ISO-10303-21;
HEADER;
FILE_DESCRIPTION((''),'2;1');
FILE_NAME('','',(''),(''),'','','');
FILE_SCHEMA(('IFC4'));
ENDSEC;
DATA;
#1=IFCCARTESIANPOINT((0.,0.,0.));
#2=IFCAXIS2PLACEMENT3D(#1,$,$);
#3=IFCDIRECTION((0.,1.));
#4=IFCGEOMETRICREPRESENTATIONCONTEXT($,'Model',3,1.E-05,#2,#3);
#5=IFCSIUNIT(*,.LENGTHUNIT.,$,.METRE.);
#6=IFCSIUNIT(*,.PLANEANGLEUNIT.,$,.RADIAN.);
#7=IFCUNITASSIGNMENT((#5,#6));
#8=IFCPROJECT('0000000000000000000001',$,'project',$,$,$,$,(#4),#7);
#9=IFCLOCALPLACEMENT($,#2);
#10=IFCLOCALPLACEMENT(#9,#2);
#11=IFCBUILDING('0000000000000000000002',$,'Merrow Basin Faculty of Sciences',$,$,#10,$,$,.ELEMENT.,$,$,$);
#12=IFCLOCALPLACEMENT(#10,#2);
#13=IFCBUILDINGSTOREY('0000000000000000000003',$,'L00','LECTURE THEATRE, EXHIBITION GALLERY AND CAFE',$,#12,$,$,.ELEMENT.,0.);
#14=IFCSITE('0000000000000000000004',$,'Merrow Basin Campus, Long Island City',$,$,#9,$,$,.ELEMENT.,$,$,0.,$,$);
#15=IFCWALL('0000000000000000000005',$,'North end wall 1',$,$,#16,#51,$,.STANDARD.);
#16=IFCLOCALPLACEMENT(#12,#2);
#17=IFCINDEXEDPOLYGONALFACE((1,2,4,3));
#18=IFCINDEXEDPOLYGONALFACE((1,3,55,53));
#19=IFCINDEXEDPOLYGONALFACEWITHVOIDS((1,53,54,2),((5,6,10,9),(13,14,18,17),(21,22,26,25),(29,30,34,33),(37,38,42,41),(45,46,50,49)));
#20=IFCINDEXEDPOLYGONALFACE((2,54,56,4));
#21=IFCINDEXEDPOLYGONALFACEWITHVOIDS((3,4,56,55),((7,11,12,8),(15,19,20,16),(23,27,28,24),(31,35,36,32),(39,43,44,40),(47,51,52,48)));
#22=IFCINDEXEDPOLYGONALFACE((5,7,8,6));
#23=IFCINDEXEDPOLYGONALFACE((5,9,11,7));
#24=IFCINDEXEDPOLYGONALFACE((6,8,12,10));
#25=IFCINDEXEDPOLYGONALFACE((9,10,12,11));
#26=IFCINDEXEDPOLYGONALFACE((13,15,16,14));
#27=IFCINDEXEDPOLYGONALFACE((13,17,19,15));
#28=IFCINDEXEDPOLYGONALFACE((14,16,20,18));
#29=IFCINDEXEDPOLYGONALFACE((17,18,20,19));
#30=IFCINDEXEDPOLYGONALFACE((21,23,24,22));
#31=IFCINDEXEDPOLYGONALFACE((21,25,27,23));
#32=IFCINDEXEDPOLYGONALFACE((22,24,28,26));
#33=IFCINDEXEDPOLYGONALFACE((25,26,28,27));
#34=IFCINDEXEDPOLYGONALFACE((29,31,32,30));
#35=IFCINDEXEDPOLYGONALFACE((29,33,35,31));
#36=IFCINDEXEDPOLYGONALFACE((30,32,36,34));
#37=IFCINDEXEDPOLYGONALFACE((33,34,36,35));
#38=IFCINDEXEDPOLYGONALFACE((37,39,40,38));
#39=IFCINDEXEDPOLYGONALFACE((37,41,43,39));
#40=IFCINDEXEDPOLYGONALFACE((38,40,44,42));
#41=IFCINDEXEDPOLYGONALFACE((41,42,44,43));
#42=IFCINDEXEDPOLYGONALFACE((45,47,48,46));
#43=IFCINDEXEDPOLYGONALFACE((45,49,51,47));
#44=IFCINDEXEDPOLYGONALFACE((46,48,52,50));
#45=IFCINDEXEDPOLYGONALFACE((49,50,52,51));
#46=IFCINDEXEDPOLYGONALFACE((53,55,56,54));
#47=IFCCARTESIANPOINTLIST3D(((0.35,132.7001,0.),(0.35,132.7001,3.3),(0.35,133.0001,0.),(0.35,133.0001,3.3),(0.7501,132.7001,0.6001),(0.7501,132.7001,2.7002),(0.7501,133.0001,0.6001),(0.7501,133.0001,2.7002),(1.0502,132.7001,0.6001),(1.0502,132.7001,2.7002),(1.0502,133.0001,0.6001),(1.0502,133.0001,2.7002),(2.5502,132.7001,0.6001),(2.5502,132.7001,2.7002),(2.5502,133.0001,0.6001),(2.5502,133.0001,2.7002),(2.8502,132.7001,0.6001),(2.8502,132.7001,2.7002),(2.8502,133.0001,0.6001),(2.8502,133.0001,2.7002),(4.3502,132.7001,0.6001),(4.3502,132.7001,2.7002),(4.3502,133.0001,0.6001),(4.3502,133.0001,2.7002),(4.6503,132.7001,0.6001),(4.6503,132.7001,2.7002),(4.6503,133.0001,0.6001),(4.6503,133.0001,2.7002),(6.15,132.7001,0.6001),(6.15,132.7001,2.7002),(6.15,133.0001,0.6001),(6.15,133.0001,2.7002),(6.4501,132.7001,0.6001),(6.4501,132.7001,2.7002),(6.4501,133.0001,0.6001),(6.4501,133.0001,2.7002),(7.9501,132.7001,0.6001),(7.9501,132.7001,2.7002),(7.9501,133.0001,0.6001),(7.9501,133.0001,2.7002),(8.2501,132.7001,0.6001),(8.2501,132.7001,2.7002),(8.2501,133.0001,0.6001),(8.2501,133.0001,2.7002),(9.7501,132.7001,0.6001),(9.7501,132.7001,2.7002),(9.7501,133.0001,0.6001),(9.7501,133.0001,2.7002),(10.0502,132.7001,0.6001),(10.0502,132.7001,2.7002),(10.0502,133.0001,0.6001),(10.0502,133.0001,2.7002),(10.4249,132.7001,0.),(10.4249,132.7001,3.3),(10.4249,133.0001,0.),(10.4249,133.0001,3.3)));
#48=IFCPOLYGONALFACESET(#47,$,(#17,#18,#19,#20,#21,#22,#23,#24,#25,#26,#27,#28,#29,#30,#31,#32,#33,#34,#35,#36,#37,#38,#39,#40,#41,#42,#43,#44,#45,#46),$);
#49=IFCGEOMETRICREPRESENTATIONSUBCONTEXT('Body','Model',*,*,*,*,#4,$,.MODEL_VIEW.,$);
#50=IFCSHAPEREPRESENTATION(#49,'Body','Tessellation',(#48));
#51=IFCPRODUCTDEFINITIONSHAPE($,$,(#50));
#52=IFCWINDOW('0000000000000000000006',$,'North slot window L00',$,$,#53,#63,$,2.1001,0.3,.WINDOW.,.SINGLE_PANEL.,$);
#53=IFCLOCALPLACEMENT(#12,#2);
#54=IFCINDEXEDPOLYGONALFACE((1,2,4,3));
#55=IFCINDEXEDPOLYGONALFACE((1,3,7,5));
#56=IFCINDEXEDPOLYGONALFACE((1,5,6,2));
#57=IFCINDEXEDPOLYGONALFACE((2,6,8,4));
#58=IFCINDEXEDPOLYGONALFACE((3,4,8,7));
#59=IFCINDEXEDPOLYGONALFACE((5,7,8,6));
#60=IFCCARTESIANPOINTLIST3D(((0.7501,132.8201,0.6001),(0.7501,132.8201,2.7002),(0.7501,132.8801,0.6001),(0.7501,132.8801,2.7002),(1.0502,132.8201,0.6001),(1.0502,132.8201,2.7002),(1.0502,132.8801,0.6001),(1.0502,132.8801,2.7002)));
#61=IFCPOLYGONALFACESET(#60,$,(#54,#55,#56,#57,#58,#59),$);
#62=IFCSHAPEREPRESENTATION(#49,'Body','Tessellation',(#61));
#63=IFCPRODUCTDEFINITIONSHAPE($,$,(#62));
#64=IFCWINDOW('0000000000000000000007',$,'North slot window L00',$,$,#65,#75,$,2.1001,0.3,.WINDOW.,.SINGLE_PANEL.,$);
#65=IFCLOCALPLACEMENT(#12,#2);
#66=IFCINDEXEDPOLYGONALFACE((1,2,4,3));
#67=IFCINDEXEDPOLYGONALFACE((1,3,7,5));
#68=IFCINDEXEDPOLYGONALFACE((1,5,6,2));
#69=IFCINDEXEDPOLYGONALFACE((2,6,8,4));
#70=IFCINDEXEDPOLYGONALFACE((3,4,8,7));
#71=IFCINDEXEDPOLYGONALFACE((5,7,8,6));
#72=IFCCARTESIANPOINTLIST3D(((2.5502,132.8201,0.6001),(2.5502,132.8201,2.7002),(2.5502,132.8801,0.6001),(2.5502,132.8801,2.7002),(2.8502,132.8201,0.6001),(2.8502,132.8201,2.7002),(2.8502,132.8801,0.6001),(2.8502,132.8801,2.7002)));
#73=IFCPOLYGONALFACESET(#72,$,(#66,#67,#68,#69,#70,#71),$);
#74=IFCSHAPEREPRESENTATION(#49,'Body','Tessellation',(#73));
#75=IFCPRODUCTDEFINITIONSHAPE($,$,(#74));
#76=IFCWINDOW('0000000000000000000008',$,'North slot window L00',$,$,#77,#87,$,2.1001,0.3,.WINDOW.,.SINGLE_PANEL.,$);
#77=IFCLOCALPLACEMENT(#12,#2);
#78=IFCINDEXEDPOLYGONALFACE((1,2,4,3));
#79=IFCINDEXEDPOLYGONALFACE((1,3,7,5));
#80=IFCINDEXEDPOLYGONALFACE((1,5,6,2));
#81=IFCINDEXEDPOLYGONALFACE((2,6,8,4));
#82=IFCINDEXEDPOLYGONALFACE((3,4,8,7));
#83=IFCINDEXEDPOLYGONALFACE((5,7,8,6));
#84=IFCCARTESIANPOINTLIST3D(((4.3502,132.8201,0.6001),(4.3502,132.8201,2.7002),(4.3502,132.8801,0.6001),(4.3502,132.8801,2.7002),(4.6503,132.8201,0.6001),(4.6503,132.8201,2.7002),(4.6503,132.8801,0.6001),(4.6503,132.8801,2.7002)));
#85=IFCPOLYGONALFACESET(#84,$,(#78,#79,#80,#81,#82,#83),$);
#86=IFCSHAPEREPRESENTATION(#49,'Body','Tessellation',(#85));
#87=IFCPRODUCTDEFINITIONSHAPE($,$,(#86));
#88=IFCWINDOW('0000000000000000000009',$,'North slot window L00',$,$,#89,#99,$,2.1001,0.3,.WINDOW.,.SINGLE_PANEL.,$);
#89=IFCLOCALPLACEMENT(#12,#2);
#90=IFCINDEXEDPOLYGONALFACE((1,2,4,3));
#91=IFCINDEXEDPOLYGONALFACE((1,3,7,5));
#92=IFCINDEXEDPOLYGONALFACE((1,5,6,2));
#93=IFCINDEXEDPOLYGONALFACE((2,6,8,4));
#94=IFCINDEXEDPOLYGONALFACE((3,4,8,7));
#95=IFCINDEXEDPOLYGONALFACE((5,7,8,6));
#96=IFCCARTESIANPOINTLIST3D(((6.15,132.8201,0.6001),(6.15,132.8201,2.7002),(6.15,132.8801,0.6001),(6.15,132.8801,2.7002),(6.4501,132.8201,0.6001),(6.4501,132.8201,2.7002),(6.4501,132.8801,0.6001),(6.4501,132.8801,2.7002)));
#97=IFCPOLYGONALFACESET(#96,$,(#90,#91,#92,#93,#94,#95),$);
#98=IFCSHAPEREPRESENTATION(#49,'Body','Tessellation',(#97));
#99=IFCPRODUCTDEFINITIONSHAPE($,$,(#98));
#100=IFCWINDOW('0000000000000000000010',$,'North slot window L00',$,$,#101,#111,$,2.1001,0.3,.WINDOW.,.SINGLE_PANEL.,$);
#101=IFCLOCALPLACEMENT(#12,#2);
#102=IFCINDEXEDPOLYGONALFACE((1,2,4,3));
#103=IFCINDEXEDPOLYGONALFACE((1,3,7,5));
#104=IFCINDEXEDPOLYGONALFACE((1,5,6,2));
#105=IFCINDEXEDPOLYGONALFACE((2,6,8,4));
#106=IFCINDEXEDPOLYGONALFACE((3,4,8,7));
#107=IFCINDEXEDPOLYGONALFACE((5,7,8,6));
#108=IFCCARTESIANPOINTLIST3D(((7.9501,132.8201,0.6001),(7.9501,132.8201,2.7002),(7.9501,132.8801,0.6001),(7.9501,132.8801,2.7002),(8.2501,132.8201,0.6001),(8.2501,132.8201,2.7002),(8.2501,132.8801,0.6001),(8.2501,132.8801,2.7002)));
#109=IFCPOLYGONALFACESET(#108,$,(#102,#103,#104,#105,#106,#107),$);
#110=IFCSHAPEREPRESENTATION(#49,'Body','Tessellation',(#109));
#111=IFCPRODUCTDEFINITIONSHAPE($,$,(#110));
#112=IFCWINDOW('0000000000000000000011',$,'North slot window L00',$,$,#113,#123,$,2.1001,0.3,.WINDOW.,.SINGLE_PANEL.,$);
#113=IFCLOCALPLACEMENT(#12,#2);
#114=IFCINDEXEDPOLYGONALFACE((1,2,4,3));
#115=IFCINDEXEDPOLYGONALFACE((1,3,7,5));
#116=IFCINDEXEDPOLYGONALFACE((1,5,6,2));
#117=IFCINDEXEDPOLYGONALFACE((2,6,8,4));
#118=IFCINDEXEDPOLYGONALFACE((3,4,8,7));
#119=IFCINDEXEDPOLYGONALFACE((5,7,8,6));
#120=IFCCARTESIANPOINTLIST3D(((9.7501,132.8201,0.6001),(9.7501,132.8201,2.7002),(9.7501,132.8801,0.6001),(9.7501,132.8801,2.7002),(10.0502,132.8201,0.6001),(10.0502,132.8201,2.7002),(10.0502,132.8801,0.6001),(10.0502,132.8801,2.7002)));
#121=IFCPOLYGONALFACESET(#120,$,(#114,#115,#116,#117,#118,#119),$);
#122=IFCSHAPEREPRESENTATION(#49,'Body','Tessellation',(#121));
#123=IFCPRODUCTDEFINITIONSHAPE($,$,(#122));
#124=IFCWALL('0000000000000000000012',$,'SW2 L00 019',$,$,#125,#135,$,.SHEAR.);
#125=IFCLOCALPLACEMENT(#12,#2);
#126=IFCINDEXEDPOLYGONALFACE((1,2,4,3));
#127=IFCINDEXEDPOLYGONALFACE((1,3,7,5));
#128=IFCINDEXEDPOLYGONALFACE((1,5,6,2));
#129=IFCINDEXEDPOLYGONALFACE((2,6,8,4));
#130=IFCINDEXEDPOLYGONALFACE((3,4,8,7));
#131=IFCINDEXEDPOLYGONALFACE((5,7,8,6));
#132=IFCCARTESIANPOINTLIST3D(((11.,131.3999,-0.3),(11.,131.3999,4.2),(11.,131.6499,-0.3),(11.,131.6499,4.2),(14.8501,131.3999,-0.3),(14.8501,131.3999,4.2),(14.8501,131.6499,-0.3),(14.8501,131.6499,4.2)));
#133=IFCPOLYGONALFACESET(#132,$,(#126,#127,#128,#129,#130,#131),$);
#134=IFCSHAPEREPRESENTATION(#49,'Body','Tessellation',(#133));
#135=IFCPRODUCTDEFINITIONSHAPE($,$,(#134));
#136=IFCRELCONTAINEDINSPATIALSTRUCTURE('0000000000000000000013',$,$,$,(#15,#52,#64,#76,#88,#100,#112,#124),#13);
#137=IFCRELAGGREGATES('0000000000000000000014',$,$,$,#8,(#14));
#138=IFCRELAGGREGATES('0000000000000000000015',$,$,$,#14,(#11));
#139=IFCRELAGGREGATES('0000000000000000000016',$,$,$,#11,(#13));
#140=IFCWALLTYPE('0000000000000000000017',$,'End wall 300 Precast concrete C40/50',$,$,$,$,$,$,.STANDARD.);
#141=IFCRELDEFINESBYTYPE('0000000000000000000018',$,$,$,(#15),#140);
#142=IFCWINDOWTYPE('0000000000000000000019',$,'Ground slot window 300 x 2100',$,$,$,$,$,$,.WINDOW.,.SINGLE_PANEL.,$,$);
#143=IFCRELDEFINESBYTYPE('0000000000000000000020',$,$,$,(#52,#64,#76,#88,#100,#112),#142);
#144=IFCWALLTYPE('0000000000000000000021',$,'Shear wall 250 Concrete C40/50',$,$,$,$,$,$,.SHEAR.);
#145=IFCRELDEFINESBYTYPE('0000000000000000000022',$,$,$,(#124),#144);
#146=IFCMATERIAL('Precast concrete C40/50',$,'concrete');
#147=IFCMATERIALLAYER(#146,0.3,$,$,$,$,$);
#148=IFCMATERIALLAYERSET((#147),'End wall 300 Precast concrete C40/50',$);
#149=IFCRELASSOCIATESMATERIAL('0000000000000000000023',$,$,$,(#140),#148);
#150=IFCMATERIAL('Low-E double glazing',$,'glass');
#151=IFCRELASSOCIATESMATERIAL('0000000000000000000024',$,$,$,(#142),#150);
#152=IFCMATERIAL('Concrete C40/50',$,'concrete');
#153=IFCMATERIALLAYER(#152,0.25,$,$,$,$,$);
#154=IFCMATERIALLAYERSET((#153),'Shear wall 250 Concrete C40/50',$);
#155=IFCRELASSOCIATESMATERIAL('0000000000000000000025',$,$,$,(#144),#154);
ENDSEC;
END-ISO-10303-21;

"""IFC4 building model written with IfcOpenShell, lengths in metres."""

from ifc_helpers import new_model, si_unit, direction, frame, frame_2d, origin, place, context, subcontext, project, spatial, rectangle, extrude, material, layer, layer_set, type_object, element, fill, save


model = new_model("IFC4")

# Units and contexts
model_context = context("Model", 3, precision=1e-05, world=origin(), true_north=direction((0.0, 1.0)))
body_context = subcontext(model_context, "Body", "Model", "MODEL_VIEW")
ifc_project = project(units=[si_unit("LENGTHUNIT", "METRE"), si_unit("PLANEANGLEUNIT", "RADIAN")], contexts=[model_context])

# Site, building, storey
site_placement = place(None, origin())
site = spatial("IfcSite", under=ifc_project, at=site_placement, Name="Merrow Basin Campus, Long Island City", CompositionType="ELEMENT", RefElevation=0.0)
building_placement = place(site_placement, origin())
building = spatial("IfcBuilding", under=site, at=building_placement, Name="Merrow Basin Faculty of Sciences", CompositionType="ELEMENT")
storey_placement = place(building_placement, origin())
storey = spatial("IfcBuildingStorey", under=building, at=storey_placement, Name="L00", Description="LECTURE THEATRE, EXHIBITION GALLERY AND CAFE", CompositionType="ELEMENT", Elevation=0.0)

# Wall, openings, windows
ifc_material_1 = material(Name="Precast concrete C40/50", Category="concrete")
ifc_layer_1 = layer(ifc_material_1, 0.3)
ifc_layer_set_1 = layer_set([ifc_layer_1], Name="End wall 300 Precast concrete C40/50")
wall_type_1 = type_object("IfcWallType", Name="End wall 300 Precast concrete C40/50", PredefinedType="STANDARD", material=ifc_layer_set_1)
wall_1_placement = place(storey_placement, frame((10.425, 132.8501, 0.0), z_axis=(0.0, 0.0, 1.0), x_axis=(-1.0, 0.0, 0.0)))
wall_1 = element("IfcWall", 1, at=wall_1_placement, inside=storey, type_object=wall_type_1, Name="North end wall 1", PredefinedType="STANDARD", context=body_context, shape_type="SweptSolid", body=[
    extrude(rectangle(XDim=10.075, YDim=0.3, at=frame_2d((5.0376, 0.0))), origin(), (0.0, 0.0, 1.0), 3.3),
])
opening_1_placement = place(wall_1_placement, frame((9.375, 0.0, 0.6001)))
opening_1 = element("IfcOpeningElement", 2, at=opening_1_placement, cuts=wall_1, PredefinedType="OPENING", context=body_context, shape_type="SweptSolid", body=[
    extrude(rectangle(XDim=0.3, YDim=2.1001, at=frame_2d((0.1499, 1.05))), frame((0.0, 0.1599, 0.0), z_axis=(0.0, -1.0, 0.0), x_axis=(1.0, 0.0, 0.0)), (0.0, 0.0, 1.0), 0.3201),
])
opening_2_placement = place(wall_1_placement, frame((7.575, 0.0, 0.6001)))
opening_2 = element("IfcOpeningElement", 3, at=opening_2_placement, cuts=wall_1, PredefinedType="OPENING", context=body_context, shape_type="SweptSolid", body=[
    extrude(rectangle(XDim=0.3, YDim=2.1001, at=frame_2d((0.1499, 1.05))), frame((0.0, 0.1599, 0.0), z_axis=(0.0, -1.0, 0.0), x_axis=(1.0, 0.0, 0.0)), (0.0, 0.0, 1.0), 0.3201),
])
opening_3_placement = place(wall_1_placement, frame((5.7749, 0.0, 0.6001)))
opening_3 = element("IfcOpeningElement", 4, at=opening_3_placement, cuts=wall_1, PredefinedType="OPENING", context=body_context, shape_type="SweptSolid", body=[
    extrude(rectangle(XDim=0.3, YDim=2.1001, at=frame_2d((0.1499, 1.05))), frame((0.0, 0.1599, 0.0), z_axis=(0.0, -1.0, 0.0), x_axis=(1.0, 0.0, 0.0)), (0.0, 0.0, 1.0), 0.3201),
])
opening_4_placement = place(wall_1_placement, frame((3.9751, 0.0, 0.6001)))
opening_4 = element("IfcOpeningElement", 5, at=opening_4_placement, cuts=wall_1, PredefinedType="OPENING", context=body_context, shape_type="SweptSolid", body=[
    extrude(rectangle(XDim=0.3, YDim=2.1001, at=frame_2d((0.1499, 1.05))), frame((0.0, 0.1599, 0.0), z_axis=(0.0, -1.0, 0.0), x_axis=(1.0, 0.0, 0.0)), (0.0, 0.0, 1.0), 0.3201),
])
opening_5_placement = place(wall_1_placement, frame((2.175, 0.0, 0.6001)))
opening_5 = element("IfcOpeningElement", 6, at=opening_5_placement, cuts=wall_1, PredefinedType="OPENING", context=body_context, shape_type="SweptSolid", body=[
    extrude(rectangle(XDim=0.3, YDim=2.1001, at=frame_2d((0.1499, 1.05))), frame((0.0, 0.1599, 0.0), z_axis=(0.0, -1.0, 0.0), x_axis=(1.0, 0.0, 0.0)), (0.0, 0.0, 1.0), 0.3201),
])
opening_6_placement = place(wall_1_placement, frame((0.375, 0.0, 0.6001)))
opening_6 = element("IfcOpeningElement", 7, at=opening_6_placement, cuts=wall_1, PredefinedType="OPENING", context=body_context, shape_type="SweptSolid", body=[
    extrude(rectangle(XDim=0.3, YDim=2.1001, at=frame_2d((0.1499, 1.05))), frame((0.0, 0.1599, 0.0), z_axis=(0.0, -1.0, 0.0), x_axis=(1.0, 0.0, 0.0)), (0.0, 0.0, 1.0), 0.3201),
])
ifc_material_2 = material(Name="Low-E double glazing", Category="glass")
window_type = type_object("IfcWindowType", Name="Ground slot window 300 x 2100", PartitioningType="SINGLE_PANEL", PredefinedType="WINDOW", material=ifc_material_2)
window_1_placement = place(opening_1_placement, origin())
window_1 = element("IfcWindow", 8, at=window_1_placement, inside=storey, type_object=window_type, Name="North slot window L00", OverallHeight=2.1001, OverallWidth=0.3, PartitioningType="SINGLE_PANEL", PredefinedType="WINDOW", context=body_context, shape_type="SweptSolid", body=[
    extrude(rectangle(XDim=0.3, YDim=2.1001, at=frame_2d((0.1499, 1.05))), frame((0.0, 0.03, 0.0), z_axis=(0.0, -1.0, 0.0), x_axis=(1.0, 0.0, 0.0)), (0.0, 0.0, 1.0), 0.0601),
])
fill(opening_1, window_1)
window_2_placement = place(opening_2_placement, origin())
window_2 = element("IfcWindow", 9, at=window_2_placement, inside=storey, type_object=window_type, Name="North slot window L00", OverallHeight=2.1001, OverallWidth=0.3, PartitioningType="SINGLE_PANEL", PredefinedType="WINDOW", context=body_context, shape_type="SweptSolid", body=[
    extrude(rectangle(XDim=0.3, YDim=2.1001, at=frame_2d((0.1499, 1.05))), frame((0.0, 0.03, 0.0), z_axis=(0.0, -1.0, 0.0), x_axis=(1.0, 0.0, 0.0)), (0.0, 0.0, 1.0), 0.0601),
])
fill(opening_2, window_2)
window_3_placement = place(opening_3_placement, origin())
window_3 = element("IfcWindow", 10, at=window_3_placement, inside=storey, type_object=window_type, Name="North slot window L00", OverallHeight=2.1001, OverallWidth=0.3, PartitioningType="SINGLE_PANEL", PredefinedType="WINDOW", context=body_context, shape_type="SweptSolid", body=[
    extrude(rectangle(XDim=0.3, YDim=2.1001, at=frame_2d((0.1499, 1.05))), frame((0.0, 0.03, 0.0), z_axis=(0.0, -1.0, 0.0), x_axis=(1.0, 0.0, 0.0)), (0.0, 0.0, 1.0), 0.0601),
])
fill(opening_3, window_3)
window_4_placement = place(opening_4_placement, origin())
window_4 = element("IfcWindow", 11, at=window_4_placement, inside=storey, type_object=window_type, Name="North slot window L00", OverallHeight=2.1001, OverallWidth=0.3, PartitioningType="SINGLE_PANEL", PredefinedType="WINDOW", context=body_context, shape_type="SweptSolid", body=[
    extrude(rectangle(XDim=0.3, YDim=2.1001, at=frame_2d((0.1499, 1.05))), frame((0.0, 0.03, 0.0), z_axis=(0.0, -1.0, 0.0), x_axis=(1.0, 0.0, 0.0)), (0.0, 0.0, 1.0), 0.0601),
])
fill(opening_4, window_4)
window_5_placement = place(opening_5_placement, origin())
window_5 = element("IfcWindow", 12, at=window_5_placement, inside=storey, type_object=window_type, Name="North slot window L00", OverallHeight=2.1001, OverallWidth=0.3, PartitioningType="SINGLE_PANEL", PredefinedType="WINDOW", context=body_context, shape_type="SweptSolid", body=[
    extrude(rectangle(XDim=0.3, YDim=2.1001, at=frame_2d((0.1499, 1.05))), frame((0.0, 0.03, 0.0), z_axis=(0.0, -1.0, 0.0), x_axis=(1.0, 0.0, 0.0)), (0.0, 0.0, 1.0), 0.0601),
])
fill(opening_5, window_5)
window_6_placement = place(opening_6_placement, origin())
window_6 = element("IfcWindow", 13, at=window_6_placement, inside=storey, type_object=window_type, Name="North slot window L00", OverallHeight=2.1001, OverallWidth=0.3, PartitioningType="SINGLE_PANEL", PredefinedType="WINDOW", context=body_context, shape_type="SweptSolid", body=[
    extrude(rectangle(XDim=0.3, YDim=2.1001, at=frame_2d((0.1499, 1.05))), frame((0.0, 0.03, 0.0), z_axis=(0.0, -1.0, 0.0), x_axis=(1.0, 0.0, 0.0)), (0.0, 0.0, 1.0), 0.0601),
])
fill(opening_6, window_6)

# Wall
ifc_material_3 = material(Name="Concrete C40/50", Category="concrete")
ifc_layer_2 = layer(ifc_material_3, 0.25)
ifc_layer_set_2 = layer_set([ifc_layer_2], Name="Shear wall 250 Concrete C40/50")
wall_type_2 = type_object("IfcWallType", Name="Shear wall 250 Concrete C40/50", PredefinedType="SHEAR", material=ifc_layer_set_2)
wall_2_placement = place(storey_placement, frame((11.0, 131.5249, -0.3), z_axis=(0.0, 0.0, 1.0), x_axis=(1.0, 0.0, 0.0)))
element("IfcWall", 14, at=wall_2_placement, inside=storey, type_object=wall_type_2, Name="SW2 L00 019", PredefinedType="SHEAR", context=body_context, shape_type="SweptSolid", body=[
    extrude(rectangle(XDim=3.8501, YDim=0.25, at=frame_2d((1.925, 0.0))), origin(), (0.0, 0.0, 1.0), 4.5),
])

save(model, "model.ifc")
